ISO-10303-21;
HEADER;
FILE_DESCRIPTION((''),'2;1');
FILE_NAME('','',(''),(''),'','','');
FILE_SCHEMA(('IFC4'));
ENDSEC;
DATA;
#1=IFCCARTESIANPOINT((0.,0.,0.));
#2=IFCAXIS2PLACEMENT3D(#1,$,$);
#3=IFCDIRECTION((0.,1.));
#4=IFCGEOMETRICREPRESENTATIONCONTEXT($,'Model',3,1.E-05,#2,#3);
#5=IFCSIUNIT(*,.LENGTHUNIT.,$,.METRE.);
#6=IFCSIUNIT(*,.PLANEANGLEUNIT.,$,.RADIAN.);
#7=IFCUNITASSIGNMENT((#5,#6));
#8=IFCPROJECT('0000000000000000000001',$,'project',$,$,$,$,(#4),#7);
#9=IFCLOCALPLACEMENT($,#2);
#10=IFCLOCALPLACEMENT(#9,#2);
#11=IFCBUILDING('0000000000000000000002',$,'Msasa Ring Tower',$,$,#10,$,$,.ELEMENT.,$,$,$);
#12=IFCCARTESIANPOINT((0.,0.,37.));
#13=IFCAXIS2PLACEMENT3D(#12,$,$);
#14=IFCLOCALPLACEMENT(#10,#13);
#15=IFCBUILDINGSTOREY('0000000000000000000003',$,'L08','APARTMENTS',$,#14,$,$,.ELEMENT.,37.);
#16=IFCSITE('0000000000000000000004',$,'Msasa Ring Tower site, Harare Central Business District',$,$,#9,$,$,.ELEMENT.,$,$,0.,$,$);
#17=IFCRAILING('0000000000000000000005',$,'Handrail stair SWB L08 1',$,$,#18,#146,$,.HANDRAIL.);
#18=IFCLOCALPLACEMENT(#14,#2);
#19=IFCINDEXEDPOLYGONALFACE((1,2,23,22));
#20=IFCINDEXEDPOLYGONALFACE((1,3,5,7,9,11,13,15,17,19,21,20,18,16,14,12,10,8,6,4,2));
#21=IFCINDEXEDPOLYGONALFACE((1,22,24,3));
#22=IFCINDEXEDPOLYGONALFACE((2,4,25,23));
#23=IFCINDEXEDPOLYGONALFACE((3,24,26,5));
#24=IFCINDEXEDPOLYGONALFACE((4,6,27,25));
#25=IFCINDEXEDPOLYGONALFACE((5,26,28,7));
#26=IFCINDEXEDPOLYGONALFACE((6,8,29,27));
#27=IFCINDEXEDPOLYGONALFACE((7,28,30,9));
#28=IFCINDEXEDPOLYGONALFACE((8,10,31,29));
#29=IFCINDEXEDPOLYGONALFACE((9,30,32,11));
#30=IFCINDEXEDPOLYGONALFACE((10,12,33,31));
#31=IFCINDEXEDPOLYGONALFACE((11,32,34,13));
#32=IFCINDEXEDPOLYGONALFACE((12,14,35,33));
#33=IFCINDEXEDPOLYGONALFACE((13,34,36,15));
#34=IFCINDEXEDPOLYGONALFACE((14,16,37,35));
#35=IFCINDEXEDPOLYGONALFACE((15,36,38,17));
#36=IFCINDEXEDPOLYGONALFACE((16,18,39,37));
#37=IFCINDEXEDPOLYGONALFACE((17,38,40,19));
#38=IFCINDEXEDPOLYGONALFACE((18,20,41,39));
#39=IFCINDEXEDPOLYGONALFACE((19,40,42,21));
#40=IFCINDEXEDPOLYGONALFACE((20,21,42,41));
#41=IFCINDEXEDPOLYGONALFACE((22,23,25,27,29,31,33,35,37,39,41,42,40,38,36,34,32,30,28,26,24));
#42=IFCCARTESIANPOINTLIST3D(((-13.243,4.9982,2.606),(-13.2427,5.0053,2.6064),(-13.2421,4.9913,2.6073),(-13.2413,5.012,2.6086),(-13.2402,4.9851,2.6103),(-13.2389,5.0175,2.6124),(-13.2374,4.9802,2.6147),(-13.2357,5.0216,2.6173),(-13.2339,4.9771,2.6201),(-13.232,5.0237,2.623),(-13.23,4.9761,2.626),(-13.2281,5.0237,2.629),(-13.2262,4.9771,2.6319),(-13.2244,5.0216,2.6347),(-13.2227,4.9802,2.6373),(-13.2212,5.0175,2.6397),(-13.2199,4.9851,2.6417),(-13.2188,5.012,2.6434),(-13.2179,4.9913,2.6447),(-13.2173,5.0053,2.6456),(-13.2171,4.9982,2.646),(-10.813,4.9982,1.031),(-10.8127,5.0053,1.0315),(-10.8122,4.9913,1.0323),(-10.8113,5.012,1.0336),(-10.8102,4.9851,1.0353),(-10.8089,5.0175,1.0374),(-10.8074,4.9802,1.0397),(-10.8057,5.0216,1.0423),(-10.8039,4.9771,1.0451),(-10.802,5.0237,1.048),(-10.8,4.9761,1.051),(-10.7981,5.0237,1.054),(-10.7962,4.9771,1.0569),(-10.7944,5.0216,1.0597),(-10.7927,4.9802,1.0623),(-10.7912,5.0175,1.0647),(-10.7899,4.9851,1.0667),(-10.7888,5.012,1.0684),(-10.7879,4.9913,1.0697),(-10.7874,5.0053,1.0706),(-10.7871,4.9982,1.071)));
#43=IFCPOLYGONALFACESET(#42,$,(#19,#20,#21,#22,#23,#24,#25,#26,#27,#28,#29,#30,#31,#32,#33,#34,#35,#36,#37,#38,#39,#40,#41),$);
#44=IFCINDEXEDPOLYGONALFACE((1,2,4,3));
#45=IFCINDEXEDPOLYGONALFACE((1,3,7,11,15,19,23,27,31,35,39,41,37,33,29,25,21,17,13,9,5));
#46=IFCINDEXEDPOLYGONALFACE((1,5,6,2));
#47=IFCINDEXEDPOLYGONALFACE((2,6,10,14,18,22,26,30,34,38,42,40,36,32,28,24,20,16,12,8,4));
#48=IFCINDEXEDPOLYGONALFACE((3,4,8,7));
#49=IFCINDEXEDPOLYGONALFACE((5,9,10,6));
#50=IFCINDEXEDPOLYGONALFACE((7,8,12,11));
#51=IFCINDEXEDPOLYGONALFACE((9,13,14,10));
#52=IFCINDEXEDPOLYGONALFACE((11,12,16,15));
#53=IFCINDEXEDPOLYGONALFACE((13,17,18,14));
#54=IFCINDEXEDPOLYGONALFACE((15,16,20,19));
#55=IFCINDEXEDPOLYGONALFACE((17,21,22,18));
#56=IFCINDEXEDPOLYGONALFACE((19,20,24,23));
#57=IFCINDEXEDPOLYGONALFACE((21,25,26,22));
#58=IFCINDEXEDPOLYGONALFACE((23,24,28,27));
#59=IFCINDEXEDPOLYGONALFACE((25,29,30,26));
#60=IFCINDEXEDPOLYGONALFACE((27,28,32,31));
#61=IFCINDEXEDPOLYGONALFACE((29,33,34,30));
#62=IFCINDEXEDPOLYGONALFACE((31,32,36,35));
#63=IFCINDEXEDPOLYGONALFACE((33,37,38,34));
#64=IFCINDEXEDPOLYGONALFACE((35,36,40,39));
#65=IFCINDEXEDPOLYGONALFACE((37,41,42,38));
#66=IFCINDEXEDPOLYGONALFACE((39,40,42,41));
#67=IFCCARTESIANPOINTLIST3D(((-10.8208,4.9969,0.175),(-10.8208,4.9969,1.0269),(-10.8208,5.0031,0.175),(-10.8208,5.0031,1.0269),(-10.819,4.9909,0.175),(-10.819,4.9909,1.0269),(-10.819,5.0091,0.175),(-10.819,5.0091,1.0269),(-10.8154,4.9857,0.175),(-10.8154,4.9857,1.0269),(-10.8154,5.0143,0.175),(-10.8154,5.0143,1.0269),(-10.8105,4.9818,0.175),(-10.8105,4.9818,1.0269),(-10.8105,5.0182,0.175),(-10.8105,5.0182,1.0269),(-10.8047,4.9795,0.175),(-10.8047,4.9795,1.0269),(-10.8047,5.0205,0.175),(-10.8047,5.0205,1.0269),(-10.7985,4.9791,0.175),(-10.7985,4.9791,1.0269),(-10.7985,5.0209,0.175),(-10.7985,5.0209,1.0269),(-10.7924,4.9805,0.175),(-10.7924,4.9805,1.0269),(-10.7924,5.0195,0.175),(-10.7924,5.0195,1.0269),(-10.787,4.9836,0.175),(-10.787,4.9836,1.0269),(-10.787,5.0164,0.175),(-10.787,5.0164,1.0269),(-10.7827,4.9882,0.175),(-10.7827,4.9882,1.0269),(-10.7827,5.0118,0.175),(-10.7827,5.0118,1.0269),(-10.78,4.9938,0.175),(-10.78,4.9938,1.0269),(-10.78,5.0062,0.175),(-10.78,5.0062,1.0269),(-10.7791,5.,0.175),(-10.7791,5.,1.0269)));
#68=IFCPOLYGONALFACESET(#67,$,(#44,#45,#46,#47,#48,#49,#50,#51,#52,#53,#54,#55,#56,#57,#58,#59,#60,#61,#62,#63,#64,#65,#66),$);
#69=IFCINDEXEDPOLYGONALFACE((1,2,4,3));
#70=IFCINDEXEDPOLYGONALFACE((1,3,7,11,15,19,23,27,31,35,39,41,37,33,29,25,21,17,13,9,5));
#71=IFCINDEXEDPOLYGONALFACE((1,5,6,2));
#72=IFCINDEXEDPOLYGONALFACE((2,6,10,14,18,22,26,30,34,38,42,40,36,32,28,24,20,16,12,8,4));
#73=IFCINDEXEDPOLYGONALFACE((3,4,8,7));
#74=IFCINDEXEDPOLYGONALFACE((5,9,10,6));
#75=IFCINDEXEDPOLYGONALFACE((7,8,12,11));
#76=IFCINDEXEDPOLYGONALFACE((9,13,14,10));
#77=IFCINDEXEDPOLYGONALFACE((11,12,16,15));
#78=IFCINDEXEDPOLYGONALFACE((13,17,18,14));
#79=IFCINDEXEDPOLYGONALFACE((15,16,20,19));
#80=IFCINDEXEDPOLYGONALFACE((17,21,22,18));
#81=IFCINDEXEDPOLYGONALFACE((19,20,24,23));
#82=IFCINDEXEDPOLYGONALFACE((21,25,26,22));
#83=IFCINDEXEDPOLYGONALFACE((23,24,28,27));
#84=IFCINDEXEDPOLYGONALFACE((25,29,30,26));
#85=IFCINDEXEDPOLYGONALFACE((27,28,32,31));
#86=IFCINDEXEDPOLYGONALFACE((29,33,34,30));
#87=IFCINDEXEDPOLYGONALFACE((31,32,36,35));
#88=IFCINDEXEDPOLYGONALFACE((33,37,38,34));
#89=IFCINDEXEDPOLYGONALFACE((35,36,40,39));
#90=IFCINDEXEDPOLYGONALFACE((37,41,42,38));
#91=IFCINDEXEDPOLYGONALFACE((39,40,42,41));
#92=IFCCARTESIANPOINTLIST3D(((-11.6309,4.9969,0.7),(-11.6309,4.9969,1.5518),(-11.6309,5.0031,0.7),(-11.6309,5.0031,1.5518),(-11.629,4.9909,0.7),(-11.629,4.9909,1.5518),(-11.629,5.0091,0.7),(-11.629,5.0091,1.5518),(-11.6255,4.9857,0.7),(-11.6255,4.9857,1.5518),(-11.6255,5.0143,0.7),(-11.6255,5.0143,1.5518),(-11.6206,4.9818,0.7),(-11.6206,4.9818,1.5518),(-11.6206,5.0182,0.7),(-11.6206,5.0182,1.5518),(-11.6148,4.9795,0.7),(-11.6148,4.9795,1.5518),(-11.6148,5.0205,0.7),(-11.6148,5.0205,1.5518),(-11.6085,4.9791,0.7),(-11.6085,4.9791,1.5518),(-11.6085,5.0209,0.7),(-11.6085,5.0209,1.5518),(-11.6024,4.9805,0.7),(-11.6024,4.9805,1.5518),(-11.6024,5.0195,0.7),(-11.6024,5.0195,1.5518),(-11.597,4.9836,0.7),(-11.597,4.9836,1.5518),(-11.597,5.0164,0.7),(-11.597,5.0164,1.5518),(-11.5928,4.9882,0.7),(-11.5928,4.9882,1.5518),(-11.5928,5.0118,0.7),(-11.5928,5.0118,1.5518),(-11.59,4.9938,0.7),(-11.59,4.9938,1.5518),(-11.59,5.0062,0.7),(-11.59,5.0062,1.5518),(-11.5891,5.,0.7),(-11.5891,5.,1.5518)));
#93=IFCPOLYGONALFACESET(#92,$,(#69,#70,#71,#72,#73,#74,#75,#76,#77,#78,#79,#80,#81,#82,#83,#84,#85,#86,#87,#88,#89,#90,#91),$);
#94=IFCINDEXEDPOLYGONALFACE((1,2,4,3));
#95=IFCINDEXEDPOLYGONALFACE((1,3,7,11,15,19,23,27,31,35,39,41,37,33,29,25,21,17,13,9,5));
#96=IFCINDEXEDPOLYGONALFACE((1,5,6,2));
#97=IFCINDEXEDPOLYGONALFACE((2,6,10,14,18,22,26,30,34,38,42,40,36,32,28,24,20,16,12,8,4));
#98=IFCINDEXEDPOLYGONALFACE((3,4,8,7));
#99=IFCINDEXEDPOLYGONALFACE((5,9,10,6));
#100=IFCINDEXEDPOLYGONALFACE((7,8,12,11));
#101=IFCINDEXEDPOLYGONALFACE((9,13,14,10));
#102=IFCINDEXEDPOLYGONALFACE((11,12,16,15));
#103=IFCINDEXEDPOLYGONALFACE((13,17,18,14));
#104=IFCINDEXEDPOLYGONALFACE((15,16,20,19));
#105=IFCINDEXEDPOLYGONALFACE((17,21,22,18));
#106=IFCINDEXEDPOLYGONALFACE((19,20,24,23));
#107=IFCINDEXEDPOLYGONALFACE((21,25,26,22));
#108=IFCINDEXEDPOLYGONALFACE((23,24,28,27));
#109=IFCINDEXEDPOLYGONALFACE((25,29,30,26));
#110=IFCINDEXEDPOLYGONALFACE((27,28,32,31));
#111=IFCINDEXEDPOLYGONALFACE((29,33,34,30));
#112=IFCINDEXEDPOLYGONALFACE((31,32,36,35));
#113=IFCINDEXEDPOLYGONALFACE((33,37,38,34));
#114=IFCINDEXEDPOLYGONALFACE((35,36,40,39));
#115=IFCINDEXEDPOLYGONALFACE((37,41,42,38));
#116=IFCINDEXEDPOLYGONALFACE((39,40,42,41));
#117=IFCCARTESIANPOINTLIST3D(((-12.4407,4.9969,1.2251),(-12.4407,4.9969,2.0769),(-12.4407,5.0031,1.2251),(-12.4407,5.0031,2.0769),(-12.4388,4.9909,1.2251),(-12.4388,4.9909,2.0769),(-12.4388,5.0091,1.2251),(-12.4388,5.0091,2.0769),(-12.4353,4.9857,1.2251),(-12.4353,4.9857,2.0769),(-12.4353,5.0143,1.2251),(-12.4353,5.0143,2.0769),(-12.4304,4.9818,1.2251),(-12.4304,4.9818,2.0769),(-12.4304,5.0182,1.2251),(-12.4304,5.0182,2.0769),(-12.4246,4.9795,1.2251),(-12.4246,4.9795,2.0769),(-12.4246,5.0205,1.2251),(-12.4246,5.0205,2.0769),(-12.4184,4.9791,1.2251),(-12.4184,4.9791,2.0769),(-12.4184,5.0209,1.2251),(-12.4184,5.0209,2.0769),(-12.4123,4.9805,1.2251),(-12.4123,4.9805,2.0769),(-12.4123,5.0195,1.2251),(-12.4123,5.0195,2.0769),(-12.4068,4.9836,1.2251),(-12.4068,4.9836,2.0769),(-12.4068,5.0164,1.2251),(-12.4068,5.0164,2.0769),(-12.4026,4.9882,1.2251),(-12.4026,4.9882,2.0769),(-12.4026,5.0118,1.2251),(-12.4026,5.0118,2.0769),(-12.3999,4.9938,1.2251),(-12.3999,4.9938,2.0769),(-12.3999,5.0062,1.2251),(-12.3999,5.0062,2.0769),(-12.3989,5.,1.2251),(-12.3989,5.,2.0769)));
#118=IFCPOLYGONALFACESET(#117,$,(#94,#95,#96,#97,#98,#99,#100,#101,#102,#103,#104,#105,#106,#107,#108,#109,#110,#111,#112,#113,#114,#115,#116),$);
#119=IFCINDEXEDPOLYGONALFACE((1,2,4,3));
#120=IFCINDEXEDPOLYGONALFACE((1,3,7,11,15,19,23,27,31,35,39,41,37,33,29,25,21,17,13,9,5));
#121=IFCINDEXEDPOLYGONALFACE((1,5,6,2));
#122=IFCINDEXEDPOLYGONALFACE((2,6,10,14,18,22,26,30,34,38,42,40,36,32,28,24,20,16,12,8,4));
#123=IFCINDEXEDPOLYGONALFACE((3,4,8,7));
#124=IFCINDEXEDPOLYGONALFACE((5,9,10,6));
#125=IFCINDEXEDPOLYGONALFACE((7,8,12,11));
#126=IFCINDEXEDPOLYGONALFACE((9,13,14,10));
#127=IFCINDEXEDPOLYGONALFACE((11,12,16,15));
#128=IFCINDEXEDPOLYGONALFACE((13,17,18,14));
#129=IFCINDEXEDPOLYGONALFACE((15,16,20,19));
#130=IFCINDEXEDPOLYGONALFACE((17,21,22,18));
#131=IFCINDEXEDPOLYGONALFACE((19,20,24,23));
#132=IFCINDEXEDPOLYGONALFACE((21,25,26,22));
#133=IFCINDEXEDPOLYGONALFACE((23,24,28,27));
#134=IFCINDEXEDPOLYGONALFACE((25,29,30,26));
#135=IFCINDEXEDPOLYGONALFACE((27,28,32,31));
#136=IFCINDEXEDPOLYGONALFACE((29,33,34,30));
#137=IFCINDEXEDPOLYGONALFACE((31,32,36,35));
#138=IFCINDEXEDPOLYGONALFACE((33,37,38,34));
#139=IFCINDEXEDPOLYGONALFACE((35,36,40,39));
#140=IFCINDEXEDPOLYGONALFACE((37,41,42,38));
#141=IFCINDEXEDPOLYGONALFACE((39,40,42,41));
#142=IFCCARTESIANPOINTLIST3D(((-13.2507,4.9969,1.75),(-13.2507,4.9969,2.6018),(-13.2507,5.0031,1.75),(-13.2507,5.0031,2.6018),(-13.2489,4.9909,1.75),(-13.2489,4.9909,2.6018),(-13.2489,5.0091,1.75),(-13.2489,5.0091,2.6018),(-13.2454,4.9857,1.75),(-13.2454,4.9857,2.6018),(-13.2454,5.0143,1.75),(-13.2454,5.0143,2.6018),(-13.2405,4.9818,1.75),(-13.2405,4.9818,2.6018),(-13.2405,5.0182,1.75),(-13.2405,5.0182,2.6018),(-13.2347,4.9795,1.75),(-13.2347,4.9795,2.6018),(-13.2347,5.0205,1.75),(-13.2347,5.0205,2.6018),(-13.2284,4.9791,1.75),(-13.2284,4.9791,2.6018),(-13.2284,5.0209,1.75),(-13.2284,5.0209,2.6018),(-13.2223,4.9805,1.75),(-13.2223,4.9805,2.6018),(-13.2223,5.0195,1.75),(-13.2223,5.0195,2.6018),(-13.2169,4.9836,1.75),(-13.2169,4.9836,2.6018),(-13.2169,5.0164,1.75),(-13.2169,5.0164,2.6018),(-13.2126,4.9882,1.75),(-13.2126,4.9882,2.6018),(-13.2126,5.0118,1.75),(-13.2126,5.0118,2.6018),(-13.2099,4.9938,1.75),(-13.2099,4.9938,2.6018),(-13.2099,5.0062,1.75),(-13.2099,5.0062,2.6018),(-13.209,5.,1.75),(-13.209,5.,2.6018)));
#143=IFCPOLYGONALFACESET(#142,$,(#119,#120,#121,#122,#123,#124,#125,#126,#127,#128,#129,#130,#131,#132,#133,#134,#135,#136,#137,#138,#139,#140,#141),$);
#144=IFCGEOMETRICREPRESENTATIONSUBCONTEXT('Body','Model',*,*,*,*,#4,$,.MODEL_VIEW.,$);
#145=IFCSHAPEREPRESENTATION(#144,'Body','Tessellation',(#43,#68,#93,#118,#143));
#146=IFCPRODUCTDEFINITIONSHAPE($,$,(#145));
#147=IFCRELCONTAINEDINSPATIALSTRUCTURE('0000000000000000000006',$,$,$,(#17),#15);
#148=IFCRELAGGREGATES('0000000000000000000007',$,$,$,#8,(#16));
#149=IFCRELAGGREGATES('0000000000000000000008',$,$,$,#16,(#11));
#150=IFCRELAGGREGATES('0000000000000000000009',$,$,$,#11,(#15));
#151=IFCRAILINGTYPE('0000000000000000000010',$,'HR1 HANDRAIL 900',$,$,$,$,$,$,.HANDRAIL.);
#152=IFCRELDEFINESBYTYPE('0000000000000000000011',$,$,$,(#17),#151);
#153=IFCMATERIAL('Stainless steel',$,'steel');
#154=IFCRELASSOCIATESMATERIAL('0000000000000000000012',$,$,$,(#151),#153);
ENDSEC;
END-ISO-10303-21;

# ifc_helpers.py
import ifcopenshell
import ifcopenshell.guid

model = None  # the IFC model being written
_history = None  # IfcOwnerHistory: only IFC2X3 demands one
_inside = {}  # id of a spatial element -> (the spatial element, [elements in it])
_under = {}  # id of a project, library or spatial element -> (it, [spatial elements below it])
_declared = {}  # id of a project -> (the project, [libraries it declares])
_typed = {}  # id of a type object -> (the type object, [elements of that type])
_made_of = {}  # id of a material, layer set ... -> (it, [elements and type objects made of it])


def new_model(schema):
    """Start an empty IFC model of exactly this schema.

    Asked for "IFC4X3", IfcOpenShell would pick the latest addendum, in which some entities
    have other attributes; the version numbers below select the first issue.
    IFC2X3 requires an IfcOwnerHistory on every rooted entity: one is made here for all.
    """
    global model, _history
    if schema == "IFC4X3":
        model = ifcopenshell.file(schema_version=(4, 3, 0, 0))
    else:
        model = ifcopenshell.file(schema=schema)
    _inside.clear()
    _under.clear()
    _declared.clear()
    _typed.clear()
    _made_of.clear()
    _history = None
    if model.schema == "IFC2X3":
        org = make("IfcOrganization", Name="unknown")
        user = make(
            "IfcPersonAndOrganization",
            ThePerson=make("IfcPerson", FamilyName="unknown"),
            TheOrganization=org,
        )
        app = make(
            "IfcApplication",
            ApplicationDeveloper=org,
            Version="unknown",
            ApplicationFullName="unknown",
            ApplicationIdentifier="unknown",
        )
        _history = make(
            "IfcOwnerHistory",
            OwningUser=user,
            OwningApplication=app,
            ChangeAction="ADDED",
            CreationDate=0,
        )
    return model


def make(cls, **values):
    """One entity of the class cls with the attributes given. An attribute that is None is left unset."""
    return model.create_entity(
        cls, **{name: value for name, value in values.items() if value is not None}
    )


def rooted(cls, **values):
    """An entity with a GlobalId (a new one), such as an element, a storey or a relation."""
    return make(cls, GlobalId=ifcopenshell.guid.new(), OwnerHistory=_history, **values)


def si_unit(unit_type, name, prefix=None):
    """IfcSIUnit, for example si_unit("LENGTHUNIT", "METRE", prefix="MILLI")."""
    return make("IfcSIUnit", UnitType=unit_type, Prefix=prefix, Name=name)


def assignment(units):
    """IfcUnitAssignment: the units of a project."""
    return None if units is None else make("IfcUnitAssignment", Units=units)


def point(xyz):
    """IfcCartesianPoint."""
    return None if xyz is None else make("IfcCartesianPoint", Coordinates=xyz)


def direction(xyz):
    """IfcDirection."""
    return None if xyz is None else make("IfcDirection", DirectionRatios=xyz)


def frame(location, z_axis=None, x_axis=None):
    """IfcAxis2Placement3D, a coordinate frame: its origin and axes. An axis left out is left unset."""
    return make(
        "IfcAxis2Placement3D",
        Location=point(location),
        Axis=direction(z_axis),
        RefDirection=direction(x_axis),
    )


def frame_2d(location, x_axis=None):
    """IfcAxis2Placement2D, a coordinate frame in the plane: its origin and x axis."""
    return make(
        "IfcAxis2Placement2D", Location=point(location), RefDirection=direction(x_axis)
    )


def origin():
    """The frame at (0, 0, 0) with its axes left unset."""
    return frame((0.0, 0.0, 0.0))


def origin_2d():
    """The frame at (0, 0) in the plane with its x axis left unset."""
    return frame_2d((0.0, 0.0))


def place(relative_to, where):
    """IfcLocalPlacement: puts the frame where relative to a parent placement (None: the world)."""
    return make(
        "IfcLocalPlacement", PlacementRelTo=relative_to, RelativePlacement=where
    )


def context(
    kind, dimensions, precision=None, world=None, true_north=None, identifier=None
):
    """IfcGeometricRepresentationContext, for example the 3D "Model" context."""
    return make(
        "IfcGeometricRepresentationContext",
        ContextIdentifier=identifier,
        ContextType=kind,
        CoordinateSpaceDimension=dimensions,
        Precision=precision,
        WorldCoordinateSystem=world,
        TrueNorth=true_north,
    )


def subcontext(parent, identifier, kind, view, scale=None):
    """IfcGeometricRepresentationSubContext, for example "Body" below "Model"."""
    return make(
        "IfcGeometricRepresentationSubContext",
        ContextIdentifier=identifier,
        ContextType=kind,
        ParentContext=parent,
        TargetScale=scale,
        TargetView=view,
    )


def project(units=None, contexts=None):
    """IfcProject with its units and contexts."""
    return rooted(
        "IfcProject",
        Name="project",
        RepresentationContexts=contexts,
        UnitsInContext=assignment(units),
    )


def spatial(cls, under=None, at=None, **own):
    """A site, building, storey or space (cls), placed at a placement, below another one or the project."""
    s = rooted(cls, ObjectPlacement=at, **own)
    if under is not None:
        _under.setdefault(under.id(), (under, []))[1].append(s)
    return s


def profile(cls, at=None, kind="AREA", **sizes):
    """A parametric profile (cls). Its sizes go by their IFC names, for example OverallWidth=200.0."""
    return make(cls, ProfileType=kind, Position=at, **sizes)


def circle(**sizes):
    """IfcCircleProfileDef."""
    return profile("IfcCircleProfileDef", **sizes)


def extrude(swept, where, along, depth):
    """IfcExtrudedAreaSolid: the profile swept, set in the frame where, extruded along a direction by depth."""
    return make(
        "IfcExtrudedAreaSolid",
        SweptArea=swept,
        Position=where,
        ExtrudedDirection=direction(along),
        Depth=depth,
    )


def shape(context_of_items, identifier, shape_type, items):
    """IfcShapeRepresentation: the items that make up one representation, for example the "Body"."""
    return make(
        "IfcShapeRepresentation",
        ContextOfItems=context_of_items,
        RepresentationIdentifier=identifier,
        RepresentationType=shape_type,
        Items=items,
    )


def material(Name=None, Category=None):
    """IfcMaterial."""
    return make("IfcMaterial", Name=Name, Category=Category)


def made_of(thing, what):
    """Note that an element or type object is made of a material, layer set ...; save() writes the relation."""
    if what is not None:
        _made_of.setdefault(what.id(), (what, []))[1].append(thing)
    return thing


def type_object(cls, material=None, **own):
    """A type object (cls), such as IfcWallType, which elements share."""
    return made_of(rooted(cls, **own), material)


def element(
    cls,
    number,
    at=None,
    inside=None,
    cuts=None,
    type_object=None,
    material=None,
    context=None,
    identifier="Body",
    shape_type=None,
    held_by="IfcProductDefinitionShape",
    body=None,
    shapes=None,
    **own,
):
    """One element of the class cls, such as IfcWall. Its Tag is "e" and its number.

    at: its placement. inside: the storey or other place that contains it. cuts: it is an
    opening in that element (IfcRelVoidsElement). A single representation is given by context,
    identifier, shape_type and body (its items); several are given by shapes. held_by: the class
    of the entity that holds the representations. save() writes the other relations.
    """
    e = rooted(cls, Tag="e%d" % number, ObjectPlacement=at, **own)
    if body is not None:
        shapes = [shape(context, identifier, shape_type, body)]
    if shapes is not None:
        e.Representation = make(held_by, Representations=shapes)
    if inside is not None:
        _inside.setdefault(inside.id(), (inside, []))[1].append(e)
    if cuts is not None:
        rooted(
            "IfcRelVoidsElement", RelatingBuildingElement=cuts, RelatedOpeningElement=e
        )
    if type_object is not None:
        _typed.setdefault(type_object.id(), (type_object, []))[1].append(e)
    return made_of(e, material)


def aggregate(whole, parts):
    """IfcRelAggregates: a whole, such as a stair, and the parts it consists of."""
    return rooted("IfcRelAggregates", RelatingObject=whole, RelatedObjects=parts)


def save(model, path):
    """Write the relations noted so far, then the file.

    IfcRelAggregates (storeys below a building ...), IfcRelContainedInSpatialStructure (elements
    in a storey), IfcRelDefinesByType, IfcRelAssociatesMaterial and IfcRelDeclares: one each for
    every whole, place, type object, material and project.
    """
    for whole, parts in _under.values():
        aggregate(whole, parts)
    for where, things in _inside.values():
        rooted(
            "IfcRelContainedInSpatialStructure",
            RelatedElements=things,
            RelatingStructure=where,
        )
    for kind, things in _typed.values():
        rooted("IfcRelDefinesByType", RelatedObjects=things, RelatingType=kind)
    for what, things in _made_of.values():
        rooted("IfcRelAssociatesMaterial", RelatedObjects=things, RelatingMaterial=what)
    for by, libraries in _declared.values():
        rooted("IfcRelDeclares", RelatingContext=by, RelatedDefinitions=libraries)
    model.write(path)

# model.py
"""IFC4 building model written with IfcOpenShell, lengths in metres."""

from ifc_helpers import new_model, si_unit, direction, frame, origin, origin_2d, place, context, subcontext, project, spatial, circle, extrude, material, type_object, element, save


model = new_model("IFC4")

# Units and contexts
model_context = context("Model", 3, precision=1e-05, world=origin(), true_north=direction((0.0, 1.0)))
body_context = subcontext(model_context, "Body", "Model", "MODEL_VIEW")
ifc_project = project(units=[si_unit("LENGTHUNIT", "METRE"), si_unit("PLANEANGLEUNIT", "RADIAN")], contexts=[model_context])

# Site, building, storey
site_placement = place(None, origin())
site = spatial("IfcSite", under=ifc_project, at=site_placement, Name="Msasa Ring Tower site, Harare Central Business District", CompositionType="ELEMENT", RefElevation=0.0)
building_placement = place(site_placement, origin())
building = spatial("IfcBuilding", under=site, at=building_placement, Name="Msasa Ring Tower", CompositionType="ELEMENT")
storey_placement = place(building_placement, frame((0.0, 0.0, 37.0)))
storey = spatial("IfcBuildingStorey", under=building, at=storey_placement, Name="L08", Description="APARTMENTS", CompositionType="ELEMENT", Elevation=37.0)

# Railing
ifc_material_1 = material(Name="Stainless steel", Category="steel")
railing_type = type_object("IfcRailingType", Name="HR1 HANDRAIL 900", PredefinedType="HANDRAIL", material=ifc_material_1)
for number, where, name in (
    (1, (-10.8, 5.0, 0.175), "Handrail stair SWB L08 1"),
):
    element("IfcRailing", number, at=place(storey_placement, frame(where)), inside=storey, type_object=railing_type, Name=name, PredefinedType="HANDRAIL", context=body_context, shape_type="SweptSolid", body=[
        extrude(circle(Radius=0.0239, at=origin_2d()), frame((0.0, 0.0, 0.876), z_axis=(-0.839154, 0.0, 0.543894), x_axis=(0.0, -1.0, 0.0)), (0.0, 0.0, 1.0), 2.8958),
        extrude(circle(Radius=0.021, at=origin_2d()), origin(), (0.0, 0.0, 1.0), 0.8518),
        extrude(circle(Radius=0.021, at=origin_2d()), frame((-0.8101, 0.0, 0.5249)), (0.0, 0.0, 1.0), 0.8518),
        extrude(circle(Radius=0.021, at=origin_2d()), frame((-1.6199, 0.0, 1.05)), (0.0, 0.0, 1.0), 0.8518),
        extrude(circle(Radius=0.021, at=origin_2d()), frame((-2.4299, 0.0, 1.575)), (0.0, 0.0, 1.0), 0.8518),
    ])

save(model, "model.ifc")
